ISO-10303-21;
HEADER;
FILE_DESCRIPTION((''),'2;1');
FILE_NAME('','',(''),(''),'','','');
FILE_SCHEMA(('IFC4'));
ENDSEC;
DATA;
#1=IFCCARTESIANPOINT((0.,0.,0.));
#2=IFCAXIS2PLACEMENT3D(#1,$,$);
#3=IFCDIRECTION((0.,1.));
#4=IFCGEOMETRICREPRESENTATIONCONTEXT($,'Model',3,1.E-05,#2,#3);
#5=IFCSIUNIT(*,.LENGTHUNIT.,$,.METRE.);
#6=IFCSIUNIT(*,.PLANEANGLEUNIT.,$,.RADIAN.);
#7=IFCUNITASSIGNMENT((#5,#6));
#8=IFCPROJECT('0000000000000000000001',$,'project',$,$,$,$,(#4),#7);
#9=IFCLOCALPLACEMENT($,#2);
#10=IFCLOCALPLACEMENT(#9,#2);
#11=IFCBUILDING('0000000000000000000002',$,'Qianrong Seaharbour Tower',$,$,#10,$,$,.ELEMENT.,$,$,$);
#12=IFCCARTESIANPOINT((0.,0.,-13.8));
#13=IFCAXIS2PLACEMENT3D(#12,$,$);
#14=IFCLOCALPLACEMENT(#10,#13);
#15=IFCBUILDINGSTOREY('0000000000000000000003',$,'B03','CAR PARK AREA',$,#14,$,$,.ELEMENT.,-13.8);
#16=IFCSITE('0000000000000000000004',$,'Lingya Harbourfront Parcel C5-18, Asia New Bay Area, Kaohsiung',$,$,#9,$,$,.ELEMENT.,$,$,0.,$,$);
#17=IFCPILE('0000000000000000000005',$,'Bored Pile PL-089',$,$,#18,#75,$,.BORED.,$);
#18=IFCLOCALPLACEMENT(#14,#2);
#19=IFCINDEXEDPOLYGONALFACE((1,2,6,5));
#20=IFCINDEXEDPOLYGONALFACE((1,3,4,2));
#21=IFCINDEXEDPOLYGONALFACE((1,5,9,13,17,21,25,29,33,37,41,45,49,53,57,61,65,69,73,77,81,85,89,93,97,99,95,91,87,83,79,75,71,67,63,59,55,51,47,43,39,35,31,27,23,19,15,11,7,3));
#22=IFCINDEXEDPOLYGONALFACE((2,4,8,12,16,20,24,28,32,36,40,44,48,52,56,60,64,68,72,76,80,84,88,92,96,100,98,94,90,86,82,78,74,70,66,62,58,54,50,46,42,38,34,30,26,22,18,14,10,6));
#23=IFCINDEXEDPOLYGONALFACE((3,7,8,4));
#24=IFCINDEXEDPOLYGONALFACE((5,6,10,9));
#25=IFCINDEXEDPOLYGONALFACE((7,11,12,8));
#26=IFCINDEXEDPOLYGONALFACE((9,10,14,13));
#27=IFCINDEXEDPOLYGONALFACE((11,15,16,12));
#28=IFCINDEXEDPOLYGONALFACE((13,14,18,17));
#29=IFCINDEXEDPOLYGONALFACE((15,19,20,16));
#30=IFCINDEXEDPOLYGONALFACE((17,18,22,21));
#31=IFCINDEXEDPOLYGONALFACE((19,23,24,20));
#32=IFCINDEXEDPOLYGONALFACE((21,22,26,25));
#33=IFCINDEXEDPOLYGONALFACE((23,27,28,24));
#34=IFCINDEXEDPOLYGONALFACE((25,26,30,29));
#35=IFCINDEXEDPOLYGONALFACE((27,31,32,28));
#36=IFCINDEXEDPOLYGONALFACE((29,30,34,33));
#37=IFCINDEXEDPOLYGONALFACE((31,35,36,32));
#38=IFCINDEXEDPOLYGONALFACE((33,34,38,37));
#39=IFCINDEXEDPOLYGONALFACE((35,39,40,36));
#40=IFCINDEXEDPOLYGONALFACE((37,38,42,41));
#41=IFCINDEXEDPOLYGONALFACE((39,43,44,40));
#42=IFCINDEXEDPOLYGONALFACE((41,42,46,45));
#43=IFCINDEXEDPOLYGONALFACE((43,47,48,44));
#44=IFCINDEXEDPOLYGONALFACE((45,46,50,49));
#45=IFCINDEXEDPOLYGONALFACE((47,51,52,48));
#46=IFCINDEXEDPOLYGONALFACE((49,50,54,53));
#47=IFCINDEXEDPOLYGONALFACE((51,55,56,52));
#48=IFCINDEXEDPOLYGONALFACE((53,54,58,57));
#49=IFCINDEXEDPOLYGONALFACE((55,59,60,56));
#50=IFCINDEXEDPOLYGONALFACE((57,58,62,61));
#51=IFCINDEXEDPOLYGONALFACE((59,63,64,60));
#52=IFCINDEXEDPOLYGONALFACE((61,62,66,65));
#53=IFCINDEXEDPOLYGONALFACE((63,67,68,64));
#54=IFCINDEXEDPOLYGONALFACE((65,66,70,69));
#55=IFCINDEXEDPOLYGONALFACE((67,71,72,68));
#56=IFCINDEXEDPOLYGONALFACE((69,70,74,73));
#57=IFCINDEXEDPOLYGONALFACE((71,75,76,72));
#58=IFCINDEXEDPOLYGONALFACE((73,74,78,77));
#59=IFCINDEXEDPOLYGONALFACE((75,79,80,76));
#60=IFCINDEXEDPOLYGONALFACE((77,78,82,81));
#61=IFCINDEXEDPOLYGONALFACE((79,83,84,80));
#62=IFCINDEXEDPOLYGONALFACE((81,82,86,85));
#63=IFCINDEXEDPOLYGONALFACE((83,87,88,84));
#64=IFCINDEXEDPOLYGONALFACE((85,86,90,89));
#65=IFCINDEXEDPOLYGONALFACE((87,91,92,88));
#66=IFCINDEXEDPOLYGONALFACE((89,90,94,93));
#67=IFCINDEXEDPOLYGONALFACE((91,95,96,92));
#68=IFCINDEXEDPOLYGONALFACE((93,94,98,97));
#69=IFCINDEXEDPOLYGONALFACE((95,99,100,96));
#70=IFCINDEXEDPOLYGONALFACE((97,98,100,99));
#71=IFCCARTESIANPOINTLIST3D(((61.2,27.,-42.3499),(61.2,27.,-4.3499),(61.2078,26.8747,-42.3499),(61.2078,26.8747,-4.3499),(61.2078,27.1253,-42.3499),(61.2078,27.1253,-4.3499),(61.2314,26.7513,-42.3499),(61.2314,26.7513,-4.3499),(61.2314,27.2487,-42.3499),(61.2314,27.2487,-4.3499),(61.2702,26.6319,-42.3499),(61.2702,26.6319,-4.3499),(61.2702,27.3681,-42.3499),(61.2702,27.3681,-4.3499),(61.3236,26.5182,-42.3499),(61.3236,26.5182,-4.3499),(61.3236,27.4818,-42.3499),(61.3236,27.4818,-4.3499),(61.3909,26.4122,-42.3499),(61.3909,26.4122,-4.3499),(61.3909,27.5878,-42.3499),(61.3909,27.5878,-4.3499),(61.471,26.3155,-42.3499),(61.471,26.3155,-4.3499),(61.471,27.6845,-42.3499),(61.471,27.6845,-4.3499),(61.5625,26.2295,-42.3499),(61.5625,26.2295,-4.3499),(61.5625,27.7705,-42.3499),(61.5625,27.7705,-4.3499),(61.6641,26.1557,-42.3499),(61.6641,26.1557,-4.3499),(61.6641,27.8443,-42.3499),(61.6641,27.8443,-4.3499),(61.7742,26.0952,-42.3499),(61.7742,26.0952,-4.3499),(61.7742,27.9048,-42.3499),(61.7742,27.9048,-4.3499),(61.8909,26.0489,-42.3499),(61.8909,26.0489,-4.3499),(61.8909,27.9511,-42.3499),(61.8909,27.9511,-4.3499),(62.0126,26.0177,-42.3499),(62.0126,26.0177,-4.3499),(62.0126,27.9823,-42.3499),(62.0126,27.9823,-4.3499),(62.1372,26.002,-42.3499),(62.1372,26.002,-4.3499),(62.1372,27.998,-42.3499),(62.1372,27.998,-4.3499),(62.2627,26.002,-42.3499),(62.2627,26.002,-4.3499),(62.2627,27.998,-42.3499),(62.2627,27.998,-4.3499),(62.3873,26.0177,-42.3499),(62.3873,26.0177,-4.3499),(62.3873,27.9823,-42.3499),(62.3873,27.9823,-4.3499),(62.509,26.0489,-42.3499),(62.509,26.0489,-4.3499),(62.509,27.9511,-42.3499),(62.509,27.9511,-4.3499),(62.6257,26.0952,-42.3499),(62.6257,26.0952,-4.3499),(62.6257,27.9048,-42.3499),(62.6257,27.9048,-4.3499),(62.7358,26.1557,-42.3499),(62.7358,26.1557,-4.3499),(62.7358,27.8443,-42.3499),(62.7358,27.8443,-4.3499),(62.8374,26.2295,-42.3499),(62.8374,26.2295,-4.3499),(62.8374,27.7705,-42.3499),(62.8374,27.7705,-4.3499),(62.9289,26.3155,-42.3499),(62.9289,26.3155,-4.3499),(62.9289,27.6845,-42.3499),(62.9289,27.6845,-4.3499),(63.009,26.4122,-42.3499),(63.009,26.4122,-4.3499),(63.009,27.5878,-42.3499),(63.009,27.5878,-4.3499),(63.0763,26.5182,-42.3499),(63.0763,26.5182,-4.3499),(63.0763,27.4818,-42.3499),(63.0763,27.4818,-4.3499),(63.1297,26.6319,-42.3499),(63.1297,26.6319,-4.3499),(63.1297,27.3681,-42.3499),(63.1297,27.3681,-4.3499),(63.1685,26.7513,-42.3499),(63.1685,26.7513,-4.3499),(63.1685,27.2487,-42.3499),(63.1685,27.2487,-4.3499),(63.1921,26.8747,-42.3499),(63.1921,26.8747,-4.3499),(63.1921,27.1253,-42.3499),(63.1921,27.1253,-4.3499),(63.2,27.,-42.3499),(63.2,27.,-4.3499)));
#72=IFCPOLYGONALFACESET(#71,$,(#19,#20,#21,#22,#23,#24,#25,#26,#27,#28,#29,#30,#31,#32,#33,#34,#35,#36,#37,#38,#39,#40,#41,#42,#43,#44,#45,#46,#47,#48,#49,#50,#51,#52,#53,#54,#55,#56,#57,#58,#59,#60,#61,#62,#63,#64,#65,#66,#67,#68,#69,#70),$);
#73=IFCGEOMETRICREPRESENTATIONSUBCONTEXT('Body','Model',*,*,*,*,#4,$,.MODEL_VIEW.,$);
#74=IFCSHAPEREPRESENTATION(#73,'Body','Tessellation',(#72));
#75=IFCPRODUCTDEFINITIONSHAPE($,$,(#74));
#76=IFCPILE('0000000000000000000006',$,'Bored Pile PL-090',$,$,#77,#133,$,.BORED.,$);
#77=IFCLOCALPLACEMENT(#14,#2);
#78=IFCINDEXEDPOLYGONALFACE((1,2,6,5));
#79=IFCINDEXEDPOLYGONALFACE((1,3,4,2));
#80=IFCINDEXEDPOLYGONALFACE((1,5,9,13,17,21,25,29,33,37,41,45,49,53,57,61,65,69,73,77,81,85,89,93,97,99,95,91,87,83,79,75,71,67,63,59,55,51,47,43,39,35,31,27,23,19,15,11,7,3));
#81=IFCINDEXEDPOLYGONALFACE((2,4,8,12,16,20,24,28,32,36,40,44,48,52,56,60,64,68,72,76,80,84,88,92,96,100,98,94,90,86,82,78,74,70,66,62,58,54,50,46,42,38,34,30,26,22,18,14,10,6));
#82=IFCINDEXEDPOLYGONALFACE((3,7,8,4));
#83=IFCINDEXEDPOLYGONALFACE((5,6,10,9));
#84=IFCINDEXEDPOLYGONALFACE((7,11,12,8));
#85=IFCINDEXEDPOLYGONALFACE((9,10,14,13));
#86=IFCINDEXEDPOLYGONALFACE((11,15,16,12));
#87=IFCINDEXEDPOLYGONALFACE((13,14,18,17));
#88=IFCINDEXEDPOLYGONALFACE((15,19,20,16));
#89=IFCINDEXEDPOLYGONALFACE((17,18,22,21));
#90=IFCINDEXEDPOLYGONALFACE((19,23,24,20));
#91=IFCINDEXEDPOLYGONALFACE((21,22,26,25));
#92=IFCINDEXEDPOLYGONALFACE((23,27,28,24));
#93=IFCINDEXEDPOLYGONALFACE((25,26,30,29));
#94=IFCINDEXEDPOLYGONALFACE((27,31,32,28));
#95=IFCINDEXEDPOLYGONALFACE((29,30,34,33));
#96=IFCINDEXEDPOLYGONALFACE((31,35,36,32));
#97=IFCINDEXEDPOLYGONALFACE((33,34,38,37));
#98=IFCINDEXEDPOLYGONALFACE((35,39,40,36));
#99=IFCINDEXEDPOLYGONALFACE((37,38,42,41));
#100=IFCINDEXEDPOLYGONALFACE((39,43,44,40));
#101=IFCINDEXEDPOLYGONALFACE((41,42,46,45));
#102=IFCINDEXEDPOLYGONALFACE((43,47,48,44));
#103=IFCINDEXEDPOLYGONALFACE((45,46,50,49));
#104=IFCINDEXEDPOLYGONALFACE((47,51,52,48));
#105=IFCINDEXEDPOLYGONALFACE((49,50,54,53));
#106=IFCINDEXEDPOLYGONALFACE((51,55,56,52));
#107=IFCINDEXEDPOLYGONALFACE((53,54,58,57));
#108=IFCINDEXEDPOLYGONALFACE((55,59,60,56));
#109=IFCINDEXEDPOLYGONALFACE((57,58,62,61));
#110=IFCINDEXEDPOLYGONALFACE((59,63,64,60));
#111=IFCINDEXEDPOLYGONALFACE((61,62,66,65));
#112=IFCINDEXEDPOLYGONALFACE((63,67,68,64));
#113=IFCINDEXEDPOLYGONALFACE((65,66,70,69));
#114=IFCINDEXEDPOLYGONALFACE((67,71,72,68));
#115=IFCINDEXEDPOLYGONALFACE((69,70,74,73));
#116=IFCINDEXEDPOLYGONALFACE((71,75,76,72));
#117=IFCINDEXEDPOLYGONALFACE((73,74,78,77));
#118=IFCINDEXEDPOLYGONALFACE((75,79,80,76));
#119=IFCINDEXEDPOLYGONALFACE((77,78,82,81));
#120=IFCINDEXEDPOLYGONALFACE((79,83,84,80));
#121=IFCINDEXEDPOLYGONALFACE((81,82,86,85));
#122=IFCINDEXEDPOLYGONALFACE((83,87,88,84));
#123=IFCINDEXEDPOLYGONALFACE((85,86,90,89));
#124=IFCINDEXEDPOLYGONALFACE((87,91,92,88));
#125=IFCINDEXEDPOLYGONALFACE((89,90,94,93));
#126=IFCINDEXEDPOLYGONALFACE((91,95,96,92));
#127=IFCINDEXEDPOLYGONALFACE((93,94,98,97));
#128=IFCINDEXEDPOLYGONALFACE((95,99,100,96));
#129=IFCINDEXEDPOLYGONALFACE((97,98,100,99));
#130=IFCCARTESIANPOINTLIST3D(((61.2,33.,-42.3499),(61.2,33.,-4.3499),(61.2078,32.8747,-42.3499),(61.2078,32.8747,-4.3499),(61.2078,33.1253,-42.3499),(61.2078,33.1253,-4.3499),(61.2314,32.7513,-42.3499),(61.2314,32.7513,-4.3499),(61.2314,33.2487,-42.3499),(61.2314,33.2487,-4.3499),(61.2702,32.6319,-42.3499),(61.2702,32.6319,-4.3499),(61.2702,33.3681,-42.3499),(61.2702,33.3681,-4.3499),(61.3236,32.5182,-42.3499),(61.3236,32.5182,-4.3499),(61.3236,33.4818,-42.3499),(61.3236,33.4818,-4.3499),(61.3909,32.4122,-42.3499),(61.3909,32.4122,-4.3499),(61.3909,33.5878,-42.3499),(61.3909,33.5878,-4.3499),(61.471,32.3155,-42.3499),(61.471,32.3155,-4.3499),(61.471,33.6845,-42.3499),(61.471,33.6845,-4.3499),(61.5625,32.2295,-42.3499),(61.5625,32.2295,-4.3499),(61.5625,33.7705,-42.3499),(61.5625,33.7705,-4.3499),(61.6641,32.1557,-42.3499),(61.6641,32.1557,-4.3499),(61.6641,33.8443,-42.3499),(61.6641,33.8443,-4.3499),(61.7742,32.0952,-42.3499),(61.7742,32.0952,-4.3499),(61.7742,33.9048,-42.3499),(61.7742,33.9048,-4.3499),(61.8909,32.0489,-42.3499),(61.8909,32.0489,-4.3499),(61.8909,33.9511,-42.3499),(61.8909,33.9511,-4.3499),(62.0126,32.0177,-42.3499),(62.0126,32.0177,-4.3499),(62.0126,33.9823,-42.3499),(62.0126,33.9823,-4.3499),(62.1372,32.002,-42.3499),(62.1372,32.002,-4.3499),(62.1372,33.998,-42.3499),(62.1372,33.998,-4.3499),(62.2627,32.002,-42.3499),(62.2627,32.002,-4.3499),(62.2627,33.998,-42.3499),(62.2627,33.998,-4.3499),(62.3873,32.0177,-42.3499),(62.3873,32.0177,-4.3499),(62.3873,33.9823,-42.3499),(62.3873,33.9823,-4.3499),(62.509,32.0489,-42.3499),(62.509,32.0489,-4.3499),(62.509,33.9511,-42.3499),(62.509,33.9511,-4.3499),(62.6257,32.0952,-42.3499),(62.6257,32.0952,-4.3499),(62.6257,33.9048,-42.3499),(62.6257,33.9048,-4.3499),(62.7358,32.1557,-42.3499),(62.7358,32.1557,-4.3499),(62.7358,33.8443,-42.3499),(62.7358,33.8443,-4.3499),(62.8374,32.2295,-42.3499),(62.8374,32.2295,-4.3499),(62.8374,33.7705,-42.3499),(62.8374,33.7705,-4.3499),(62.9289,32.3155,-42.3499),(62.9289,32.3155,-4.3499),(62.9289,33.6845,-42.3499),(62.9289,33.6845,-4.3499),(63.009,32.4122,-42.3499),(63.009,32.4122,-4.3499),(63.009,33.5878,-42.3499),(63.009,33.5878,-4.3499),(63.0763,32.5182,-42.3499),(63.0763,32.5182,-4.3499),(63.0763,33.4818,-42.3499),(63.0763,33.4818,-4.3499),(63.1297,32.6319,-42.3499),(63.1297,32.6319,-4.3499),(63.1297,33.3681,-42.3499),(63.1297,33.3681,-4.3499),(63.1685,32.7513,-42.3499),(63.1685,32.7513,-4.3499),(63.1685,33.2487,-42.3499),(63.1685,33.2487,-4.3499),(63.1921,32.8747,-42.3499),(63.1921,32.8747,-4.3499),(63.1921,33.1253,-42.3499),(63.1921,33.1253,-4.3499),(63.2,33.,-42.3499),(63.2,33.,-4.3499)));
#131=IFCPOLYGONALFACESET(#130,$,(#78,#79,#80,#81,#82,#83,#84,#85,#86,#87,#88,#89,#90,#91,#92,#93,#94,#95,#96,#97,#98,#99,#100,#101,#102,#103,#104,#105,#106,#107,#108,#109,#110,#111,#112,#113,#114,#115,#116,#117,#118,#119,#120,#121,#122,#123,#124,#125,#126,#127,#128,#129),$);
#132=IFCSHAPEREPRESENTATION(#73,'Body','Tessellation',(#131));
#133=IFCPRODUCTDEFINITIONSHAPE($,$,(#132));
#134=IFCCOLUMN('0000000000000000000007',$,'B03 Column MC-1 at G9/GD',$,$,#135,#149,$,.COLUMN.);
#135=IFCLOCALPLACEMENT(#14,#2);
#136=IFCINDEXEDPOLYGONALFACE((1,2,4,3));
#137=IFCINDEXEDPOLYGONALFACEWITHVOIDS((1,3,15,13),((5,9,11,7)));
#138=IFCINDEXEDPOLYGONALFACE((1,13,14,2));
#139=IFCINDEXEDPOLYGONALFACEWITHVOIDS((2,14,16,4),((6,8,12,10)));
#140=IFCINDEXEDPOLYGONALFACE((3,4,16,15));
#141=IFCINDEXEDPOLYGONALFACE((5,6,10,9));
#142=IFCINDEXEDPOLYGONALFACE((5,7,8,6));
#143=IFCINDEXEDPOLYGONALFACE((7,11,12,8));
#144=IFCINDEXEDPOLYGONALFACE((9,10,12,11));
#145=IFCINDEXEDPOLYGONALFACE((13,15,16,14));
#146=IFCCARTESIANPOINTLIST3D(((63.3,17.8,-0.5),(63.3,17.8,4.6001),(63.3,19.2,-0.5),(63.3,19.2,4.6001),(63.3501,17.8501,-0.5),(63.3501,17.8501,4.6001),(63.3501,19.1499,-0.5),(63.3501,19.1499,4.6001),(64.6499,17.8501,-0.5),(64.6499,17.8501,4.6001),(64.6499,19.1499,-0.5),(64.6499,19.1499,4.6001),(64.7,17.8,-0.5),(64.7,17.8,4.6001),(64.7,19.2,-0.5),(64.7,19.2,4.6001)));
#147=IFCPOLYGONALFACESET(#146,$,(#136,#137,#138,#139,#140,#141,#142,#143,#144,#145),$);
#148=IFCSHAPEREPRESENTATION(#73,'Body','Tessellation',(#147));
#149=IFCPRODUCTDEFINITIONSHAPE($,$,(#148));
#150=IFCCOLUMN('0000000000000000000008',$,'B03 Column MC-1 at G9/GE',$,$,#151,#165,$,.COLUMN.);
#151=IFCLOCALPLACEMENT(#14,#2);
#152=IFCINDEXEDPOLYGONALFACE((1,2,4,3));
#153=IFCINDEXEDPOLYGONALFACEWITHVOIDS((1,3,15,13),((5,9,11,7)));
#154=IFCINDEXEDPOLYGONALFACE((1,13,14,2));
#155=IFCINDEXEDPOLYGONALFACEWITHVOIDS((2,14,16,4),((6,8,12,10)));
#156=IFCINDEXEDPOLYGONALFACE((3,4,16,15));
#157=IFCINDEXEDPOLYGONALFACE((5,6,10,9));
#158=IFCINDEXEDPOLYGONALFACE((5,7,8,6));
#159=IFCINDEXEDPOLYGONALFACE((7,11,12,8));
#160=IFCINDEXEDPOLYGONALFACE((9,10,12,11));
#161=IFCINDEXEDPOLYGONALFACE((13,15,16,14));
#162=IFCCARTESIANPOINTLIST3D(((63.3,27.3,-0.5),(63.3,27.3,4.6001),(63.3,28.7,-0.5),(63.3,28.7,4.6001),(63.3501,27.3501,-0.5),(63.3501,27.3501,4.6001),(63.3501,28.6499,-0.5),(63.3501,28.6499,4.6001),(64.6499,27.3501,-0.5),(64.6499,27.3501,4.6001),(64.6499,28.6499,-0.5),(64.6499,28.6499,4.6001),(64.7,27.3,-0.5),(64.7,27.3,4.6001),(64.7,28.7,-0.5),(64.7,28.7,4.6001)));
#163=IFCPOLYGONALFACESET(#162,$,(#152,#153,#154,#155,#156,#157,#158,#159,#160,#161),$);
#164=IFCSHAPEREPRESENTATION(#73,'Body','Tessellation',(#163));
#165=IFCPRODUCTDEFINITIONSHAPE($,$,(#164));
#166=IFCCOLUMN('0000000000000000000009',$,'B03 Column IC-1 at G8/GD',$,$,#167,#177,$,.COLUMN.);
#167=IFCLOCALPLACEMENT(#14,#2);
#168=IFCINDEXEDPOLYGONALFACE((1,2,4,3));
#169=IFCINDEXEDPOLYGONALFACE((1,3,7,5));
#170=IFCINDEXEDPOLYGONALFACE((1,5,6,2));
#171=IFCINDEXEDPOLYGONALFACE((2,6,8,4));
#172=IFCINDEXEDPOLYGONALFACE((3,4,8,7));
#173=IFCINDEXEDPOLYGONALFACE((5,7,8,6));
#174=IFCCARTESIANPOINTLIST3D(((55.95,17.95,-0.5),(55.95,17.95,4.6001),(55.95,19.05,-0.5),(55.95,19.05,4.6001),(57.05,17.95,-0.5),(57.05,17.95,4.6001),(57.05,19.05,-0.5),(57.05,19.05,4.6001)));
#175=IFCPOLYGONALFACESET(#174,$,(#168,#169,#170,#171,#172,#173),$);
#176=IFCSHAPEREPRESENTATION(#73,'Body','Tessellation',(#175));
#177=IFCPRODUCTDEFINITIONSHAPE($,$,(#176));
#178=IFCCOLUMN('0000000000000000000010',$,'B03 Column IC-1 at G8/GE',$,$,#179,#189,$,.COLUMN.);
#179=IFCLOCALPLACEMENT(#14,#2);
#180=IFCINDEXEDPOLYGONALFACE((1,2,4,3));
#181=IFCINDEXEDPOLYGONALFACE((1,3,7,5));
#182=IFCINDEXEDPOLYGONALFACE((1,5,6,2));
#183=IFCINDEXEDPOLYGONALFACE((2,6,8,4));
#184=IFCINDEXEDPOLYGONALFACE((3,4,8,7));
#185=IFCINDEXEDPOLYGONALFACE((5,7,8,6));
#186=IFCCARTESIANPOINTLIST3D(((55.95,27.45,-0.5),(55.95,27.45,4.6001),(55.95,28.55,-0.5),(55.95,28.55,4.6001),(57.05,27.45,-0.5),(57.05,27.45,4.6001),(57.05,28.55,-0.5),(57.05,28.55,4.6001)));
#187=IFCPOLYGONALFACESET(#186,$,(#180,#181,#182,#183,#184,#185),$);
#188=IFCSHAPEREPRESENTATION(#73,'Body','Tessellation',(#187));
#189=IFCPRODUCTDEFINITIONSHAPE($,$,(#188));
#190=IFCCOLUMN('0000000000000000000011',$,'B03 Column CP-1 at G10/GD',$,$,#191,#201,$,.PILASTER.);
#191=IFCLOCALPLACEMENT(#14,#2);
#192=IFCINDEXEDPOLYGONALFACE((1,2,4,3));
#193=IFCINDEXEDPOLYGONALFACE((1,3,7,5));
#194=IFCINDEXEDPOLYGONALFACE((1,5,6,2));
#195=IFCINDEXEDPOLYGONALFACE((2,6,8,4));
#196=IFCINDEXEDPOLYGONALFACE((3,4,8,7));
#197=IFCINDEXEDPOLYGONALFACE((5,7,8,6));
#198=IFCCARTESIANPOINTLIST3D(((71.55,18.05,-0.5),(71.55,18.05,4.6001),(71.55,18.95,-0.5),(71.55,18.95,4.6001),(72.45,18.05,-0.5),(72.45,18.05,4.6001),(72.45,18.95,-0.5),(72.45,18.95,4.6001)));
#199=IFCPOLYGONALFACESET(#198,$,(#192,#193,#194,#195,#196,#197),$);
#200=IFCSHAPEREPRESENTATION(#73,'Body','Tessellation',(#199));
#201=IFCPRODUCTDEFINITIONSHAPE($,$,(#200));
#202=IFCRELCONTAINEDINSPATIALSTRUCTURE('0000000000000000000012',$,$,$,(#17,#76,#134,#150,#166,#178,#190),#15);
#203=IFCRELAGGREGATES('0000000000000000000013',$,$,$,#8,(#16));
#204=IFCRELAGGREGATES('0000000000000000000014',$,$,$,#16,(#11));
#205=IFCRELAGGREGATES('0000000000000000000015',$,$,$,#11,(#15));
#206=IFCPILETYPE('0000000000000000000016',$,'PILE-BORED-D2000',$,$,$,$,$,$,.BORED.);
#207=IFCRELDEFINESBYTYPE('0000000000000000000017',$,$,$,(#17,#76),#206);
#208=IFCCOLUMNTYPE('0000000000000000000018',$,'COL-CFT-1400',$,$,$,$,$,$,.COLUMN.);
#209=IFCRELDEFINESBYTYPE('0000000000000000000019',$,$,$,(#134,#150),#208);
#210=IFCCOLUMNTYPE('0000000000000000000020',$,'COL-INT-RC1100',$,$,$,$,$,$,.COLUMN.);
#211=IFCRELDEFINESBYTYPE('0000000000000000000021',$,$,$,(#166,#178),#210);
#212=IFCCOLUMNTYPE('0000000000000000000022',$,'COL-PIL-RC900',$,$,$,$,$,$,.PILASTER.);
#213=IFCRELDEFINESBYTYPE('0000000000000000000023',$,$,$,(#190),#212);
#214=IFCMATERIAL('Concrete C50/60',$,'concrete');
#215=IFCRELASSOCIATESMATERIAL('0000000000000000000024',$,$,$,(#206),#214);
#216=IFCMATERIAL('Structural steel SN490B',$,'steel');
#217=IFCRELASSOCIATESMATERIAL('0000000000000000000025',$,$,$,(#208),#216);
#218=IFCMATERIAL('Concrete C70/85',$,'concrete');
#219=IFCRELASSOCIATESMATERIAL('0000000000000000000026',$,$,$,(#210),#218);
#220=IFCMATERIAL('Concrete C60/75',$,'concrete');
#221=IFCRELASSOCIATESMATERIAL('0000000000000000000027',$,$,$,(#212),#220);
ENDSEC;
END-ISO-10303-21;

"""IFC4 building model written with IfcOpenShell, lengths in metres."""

from ifc_helpers import new_model, si_unit, direction, frame, origin, origin_2d, place, context, subcontext, project, spatial, rectangle, hollow_rectangle, circle, extrude, material, material_profile, profile_set, type_object, element, save


model = new_model("IFC4")

# Units and contexts
model_context = context("Model", 3, precision=1e-05, world=origin(), true_north=direction((0.0, 1.0)))
body_context = subcontext(model_context, "Body", "Model", "MODEL_VIEW")
ifc_project = project(units=[si_unit("LENGTHUNIT", "METRE"), si_unit("PLANEANGLEUNIT", "RADIAN")], contexts=[model_context])

# Site, building, storey
site_placement = place(None, origin())
site = spatial("IfcSite", under=ifc_project, at=site_placement, Name="Lingya Harbourfront Parcel C5-18, Asia New Bay Area, Kaohsiung", CompositionType="ELEMENT", RefElevation=0.0)
building_placement = place(site_placement, origin())
building = spatial("IfcBuilding", under=site, at=building_placement, Name="Qianrong Seaharbour Tower", CompositionType="ELEMENT")
storey_placement = place(building_placement, frame((0.0, 0.0, -13.8)))
storey = spatial("IfcBuildingStorey", under=building, at=storey_placement, Name="B03", Description="CAR PARK AREA", CompositionType="ELEMENT", Elevation=-13.8)

# Piles
ifc_material_1 = material(Name="Concrete C50/60", Category="concrete")
ifc_material_profile_1 = material_profile(ifc_material_1, circle(Radius=1.0, at=origin_2d()), Name="PILE-D2000")
ifc_profile_set_1 = profile_set([ifc_material_profile_1], Name="Concrete C50/60")
pile_type_1 = type_object("IfcPileType", Name="PILE-BORED-D2000", PredefinedType="BORED", material=ifc_profile_set_1)
for number, where, z_axis, x_axis, name in (
    (1, (62.2, 27.0, -4.3499), (0.0, 0.0, -1.0), (1.0, 0.0, 0.0), "Bored Pile PL-089"),
    (2, (62.2, 33.0, -4.3499), (0.0, 0.0, -1.0), (1.0, 0.0, 0.0), "Bored Pile PL-090"),
):
    element("IfcPile", number, at=place(storey_placement, frame(where, z_axis=z_axis, x_axis=x_axis)), inside=storey, type_object=pile_type_1, Name=name, PredefinedType="BORED", context=body_context, shape_type="SweptSolid", body=[
        extrude(circle(Radius=1.0, at=origin_2d()), origin(), (0.0, 0.0, 1.0), 38.0),
    ])

# Columns
ifc_material_2 = material(Name="Structural steel SN490B", Category="steel")
ifc_material_profile_2 = material_profile(ifc_material_2, hollow_rectangle(XDim=1.3999, YDim=1.3999, WallThickness=0.05, at=origin_2d()), Name="BOX1400x1400x50")
ifc_profile_set_2 = profile_set([ifc_material_profile_2], Name="Structural steel SN490B")
column_type_1 = type_object("IfcColumnType", Name="COL-CFT-1400", PredefinedType="COLUMN", material=ifc_profile_set_2)
for number, where, z_axis, x_axis, name in (
    (3, (64.0, 18.5, -0.5), (0.0, 0.0, 1.0), (1.0, 0.0, 0.0), "B03 Column MC-1 at G9/GD"),
    (4, (64.0, 28.0, -0.5), (0.0, 0.0, 1.0), (1.0, 0.0, 0.0), "B03 Column MC-1 at G9/GE"),
):
    element("IfcColumn", number, at=place(storey_placement, frame(where, z_axis=z_axis, x_axis=x_axis)), inside=storey, type_object=column_type_1, Name=name, PredefinedType="COLUMN", context=body_context, shape_type="SweptSolid", body=[
        extrude(hollow_rectangle(XDim=1.3999, YDim=1.3999, WallThickness=0.05, at=origin_2d()), origin(), (0.0, 0.0, 1.0), 5.1001),
    ])
ifc_material_3 = material(Name="Concrete C70/85", Category="concrete")
ifc_material_profile_3 = material_profile(ifc_material_3, rectangle(XDim=1.1001, YDim=1.1001, at=origin_2d()), Name="RC1100x1100")
ifc_profile_set_3 = profile_set([ifc_material_profile_3], Name="Concrete C70/85")
column_type_2 = type_object("IfcColumnType", Name="COL-INT-RC1100", PredefinedType="COLUMN", material=ifc_profile_set_3)
for number, where, z_axis, x_axis, name in (
    (5, (56.5, 18.5, -0.5), (0.0, 0.0, 1.0), (1.0, 0.0, 0.0), "B03 Column IC-1 at G8/GD"),
    (6, (56.5, 28.0, -0.5), (0.0, 0.0, 1.0), (1.0, 0.0, 0.0), "B03 Column IC-1 at G8/GE"),
):
    element("IfcColumn", number, at=place(storey_placement, frame(where, z_axis=z_axis, x_axis=x_axis)), inside=storey, type_object=column_type_2, Name=name, PredefinedType="COLUMN", context=body_context, shape_type="SweptSolid", body=[
        extrude(rectangle(XDim=1.1001, YDim=1.1001, at=origin_2d()), origin(), (0.0, 0.0, 1.0), 5.1001),
    ])
ifc_material_4 = material(Name="Concrete C60/75", Category="concrete")
ifc_material_profile_4 = material_profile(ifc_material_4, rectangle(XDim=0.8999, YDim=0.8999, at=origin_2d()), Name="RC900x900")
ifc_profile_set_4 = profile_set([ifc_material_profile_4], Name="Concrete C60/75")
column_type_3 = type_object("IfcColumnType", Name="COL-PIL-RC900", PredefinedType="PILASTER", material=ifc_profile_set_4)
for number, where, z_axis, x_axis, name in (
    (7, (72.0, 18.5, -0.5), (0.0, 0.0, 1.0), (1.0, 0.0, 0.0), "B03 Column CP-1 at G10/GD"),
):
    element("IfcColumn", number, at=place(storey_placement, frame(where, z_axis=z_axis, x_axis=x_axis)), inside=storey, type_object=column_type_3, Name=name, PredefinedType="PILASTER", context=body_context, shape_type="SweptSolid", body=[
        extrude(rectangle(XDim=0.8999, YDim=0.8999, at=origin_2d()), origin(), (0.0, 0.0, 1.0), 5.1001),
    ])

save(model, "model.ifc")
